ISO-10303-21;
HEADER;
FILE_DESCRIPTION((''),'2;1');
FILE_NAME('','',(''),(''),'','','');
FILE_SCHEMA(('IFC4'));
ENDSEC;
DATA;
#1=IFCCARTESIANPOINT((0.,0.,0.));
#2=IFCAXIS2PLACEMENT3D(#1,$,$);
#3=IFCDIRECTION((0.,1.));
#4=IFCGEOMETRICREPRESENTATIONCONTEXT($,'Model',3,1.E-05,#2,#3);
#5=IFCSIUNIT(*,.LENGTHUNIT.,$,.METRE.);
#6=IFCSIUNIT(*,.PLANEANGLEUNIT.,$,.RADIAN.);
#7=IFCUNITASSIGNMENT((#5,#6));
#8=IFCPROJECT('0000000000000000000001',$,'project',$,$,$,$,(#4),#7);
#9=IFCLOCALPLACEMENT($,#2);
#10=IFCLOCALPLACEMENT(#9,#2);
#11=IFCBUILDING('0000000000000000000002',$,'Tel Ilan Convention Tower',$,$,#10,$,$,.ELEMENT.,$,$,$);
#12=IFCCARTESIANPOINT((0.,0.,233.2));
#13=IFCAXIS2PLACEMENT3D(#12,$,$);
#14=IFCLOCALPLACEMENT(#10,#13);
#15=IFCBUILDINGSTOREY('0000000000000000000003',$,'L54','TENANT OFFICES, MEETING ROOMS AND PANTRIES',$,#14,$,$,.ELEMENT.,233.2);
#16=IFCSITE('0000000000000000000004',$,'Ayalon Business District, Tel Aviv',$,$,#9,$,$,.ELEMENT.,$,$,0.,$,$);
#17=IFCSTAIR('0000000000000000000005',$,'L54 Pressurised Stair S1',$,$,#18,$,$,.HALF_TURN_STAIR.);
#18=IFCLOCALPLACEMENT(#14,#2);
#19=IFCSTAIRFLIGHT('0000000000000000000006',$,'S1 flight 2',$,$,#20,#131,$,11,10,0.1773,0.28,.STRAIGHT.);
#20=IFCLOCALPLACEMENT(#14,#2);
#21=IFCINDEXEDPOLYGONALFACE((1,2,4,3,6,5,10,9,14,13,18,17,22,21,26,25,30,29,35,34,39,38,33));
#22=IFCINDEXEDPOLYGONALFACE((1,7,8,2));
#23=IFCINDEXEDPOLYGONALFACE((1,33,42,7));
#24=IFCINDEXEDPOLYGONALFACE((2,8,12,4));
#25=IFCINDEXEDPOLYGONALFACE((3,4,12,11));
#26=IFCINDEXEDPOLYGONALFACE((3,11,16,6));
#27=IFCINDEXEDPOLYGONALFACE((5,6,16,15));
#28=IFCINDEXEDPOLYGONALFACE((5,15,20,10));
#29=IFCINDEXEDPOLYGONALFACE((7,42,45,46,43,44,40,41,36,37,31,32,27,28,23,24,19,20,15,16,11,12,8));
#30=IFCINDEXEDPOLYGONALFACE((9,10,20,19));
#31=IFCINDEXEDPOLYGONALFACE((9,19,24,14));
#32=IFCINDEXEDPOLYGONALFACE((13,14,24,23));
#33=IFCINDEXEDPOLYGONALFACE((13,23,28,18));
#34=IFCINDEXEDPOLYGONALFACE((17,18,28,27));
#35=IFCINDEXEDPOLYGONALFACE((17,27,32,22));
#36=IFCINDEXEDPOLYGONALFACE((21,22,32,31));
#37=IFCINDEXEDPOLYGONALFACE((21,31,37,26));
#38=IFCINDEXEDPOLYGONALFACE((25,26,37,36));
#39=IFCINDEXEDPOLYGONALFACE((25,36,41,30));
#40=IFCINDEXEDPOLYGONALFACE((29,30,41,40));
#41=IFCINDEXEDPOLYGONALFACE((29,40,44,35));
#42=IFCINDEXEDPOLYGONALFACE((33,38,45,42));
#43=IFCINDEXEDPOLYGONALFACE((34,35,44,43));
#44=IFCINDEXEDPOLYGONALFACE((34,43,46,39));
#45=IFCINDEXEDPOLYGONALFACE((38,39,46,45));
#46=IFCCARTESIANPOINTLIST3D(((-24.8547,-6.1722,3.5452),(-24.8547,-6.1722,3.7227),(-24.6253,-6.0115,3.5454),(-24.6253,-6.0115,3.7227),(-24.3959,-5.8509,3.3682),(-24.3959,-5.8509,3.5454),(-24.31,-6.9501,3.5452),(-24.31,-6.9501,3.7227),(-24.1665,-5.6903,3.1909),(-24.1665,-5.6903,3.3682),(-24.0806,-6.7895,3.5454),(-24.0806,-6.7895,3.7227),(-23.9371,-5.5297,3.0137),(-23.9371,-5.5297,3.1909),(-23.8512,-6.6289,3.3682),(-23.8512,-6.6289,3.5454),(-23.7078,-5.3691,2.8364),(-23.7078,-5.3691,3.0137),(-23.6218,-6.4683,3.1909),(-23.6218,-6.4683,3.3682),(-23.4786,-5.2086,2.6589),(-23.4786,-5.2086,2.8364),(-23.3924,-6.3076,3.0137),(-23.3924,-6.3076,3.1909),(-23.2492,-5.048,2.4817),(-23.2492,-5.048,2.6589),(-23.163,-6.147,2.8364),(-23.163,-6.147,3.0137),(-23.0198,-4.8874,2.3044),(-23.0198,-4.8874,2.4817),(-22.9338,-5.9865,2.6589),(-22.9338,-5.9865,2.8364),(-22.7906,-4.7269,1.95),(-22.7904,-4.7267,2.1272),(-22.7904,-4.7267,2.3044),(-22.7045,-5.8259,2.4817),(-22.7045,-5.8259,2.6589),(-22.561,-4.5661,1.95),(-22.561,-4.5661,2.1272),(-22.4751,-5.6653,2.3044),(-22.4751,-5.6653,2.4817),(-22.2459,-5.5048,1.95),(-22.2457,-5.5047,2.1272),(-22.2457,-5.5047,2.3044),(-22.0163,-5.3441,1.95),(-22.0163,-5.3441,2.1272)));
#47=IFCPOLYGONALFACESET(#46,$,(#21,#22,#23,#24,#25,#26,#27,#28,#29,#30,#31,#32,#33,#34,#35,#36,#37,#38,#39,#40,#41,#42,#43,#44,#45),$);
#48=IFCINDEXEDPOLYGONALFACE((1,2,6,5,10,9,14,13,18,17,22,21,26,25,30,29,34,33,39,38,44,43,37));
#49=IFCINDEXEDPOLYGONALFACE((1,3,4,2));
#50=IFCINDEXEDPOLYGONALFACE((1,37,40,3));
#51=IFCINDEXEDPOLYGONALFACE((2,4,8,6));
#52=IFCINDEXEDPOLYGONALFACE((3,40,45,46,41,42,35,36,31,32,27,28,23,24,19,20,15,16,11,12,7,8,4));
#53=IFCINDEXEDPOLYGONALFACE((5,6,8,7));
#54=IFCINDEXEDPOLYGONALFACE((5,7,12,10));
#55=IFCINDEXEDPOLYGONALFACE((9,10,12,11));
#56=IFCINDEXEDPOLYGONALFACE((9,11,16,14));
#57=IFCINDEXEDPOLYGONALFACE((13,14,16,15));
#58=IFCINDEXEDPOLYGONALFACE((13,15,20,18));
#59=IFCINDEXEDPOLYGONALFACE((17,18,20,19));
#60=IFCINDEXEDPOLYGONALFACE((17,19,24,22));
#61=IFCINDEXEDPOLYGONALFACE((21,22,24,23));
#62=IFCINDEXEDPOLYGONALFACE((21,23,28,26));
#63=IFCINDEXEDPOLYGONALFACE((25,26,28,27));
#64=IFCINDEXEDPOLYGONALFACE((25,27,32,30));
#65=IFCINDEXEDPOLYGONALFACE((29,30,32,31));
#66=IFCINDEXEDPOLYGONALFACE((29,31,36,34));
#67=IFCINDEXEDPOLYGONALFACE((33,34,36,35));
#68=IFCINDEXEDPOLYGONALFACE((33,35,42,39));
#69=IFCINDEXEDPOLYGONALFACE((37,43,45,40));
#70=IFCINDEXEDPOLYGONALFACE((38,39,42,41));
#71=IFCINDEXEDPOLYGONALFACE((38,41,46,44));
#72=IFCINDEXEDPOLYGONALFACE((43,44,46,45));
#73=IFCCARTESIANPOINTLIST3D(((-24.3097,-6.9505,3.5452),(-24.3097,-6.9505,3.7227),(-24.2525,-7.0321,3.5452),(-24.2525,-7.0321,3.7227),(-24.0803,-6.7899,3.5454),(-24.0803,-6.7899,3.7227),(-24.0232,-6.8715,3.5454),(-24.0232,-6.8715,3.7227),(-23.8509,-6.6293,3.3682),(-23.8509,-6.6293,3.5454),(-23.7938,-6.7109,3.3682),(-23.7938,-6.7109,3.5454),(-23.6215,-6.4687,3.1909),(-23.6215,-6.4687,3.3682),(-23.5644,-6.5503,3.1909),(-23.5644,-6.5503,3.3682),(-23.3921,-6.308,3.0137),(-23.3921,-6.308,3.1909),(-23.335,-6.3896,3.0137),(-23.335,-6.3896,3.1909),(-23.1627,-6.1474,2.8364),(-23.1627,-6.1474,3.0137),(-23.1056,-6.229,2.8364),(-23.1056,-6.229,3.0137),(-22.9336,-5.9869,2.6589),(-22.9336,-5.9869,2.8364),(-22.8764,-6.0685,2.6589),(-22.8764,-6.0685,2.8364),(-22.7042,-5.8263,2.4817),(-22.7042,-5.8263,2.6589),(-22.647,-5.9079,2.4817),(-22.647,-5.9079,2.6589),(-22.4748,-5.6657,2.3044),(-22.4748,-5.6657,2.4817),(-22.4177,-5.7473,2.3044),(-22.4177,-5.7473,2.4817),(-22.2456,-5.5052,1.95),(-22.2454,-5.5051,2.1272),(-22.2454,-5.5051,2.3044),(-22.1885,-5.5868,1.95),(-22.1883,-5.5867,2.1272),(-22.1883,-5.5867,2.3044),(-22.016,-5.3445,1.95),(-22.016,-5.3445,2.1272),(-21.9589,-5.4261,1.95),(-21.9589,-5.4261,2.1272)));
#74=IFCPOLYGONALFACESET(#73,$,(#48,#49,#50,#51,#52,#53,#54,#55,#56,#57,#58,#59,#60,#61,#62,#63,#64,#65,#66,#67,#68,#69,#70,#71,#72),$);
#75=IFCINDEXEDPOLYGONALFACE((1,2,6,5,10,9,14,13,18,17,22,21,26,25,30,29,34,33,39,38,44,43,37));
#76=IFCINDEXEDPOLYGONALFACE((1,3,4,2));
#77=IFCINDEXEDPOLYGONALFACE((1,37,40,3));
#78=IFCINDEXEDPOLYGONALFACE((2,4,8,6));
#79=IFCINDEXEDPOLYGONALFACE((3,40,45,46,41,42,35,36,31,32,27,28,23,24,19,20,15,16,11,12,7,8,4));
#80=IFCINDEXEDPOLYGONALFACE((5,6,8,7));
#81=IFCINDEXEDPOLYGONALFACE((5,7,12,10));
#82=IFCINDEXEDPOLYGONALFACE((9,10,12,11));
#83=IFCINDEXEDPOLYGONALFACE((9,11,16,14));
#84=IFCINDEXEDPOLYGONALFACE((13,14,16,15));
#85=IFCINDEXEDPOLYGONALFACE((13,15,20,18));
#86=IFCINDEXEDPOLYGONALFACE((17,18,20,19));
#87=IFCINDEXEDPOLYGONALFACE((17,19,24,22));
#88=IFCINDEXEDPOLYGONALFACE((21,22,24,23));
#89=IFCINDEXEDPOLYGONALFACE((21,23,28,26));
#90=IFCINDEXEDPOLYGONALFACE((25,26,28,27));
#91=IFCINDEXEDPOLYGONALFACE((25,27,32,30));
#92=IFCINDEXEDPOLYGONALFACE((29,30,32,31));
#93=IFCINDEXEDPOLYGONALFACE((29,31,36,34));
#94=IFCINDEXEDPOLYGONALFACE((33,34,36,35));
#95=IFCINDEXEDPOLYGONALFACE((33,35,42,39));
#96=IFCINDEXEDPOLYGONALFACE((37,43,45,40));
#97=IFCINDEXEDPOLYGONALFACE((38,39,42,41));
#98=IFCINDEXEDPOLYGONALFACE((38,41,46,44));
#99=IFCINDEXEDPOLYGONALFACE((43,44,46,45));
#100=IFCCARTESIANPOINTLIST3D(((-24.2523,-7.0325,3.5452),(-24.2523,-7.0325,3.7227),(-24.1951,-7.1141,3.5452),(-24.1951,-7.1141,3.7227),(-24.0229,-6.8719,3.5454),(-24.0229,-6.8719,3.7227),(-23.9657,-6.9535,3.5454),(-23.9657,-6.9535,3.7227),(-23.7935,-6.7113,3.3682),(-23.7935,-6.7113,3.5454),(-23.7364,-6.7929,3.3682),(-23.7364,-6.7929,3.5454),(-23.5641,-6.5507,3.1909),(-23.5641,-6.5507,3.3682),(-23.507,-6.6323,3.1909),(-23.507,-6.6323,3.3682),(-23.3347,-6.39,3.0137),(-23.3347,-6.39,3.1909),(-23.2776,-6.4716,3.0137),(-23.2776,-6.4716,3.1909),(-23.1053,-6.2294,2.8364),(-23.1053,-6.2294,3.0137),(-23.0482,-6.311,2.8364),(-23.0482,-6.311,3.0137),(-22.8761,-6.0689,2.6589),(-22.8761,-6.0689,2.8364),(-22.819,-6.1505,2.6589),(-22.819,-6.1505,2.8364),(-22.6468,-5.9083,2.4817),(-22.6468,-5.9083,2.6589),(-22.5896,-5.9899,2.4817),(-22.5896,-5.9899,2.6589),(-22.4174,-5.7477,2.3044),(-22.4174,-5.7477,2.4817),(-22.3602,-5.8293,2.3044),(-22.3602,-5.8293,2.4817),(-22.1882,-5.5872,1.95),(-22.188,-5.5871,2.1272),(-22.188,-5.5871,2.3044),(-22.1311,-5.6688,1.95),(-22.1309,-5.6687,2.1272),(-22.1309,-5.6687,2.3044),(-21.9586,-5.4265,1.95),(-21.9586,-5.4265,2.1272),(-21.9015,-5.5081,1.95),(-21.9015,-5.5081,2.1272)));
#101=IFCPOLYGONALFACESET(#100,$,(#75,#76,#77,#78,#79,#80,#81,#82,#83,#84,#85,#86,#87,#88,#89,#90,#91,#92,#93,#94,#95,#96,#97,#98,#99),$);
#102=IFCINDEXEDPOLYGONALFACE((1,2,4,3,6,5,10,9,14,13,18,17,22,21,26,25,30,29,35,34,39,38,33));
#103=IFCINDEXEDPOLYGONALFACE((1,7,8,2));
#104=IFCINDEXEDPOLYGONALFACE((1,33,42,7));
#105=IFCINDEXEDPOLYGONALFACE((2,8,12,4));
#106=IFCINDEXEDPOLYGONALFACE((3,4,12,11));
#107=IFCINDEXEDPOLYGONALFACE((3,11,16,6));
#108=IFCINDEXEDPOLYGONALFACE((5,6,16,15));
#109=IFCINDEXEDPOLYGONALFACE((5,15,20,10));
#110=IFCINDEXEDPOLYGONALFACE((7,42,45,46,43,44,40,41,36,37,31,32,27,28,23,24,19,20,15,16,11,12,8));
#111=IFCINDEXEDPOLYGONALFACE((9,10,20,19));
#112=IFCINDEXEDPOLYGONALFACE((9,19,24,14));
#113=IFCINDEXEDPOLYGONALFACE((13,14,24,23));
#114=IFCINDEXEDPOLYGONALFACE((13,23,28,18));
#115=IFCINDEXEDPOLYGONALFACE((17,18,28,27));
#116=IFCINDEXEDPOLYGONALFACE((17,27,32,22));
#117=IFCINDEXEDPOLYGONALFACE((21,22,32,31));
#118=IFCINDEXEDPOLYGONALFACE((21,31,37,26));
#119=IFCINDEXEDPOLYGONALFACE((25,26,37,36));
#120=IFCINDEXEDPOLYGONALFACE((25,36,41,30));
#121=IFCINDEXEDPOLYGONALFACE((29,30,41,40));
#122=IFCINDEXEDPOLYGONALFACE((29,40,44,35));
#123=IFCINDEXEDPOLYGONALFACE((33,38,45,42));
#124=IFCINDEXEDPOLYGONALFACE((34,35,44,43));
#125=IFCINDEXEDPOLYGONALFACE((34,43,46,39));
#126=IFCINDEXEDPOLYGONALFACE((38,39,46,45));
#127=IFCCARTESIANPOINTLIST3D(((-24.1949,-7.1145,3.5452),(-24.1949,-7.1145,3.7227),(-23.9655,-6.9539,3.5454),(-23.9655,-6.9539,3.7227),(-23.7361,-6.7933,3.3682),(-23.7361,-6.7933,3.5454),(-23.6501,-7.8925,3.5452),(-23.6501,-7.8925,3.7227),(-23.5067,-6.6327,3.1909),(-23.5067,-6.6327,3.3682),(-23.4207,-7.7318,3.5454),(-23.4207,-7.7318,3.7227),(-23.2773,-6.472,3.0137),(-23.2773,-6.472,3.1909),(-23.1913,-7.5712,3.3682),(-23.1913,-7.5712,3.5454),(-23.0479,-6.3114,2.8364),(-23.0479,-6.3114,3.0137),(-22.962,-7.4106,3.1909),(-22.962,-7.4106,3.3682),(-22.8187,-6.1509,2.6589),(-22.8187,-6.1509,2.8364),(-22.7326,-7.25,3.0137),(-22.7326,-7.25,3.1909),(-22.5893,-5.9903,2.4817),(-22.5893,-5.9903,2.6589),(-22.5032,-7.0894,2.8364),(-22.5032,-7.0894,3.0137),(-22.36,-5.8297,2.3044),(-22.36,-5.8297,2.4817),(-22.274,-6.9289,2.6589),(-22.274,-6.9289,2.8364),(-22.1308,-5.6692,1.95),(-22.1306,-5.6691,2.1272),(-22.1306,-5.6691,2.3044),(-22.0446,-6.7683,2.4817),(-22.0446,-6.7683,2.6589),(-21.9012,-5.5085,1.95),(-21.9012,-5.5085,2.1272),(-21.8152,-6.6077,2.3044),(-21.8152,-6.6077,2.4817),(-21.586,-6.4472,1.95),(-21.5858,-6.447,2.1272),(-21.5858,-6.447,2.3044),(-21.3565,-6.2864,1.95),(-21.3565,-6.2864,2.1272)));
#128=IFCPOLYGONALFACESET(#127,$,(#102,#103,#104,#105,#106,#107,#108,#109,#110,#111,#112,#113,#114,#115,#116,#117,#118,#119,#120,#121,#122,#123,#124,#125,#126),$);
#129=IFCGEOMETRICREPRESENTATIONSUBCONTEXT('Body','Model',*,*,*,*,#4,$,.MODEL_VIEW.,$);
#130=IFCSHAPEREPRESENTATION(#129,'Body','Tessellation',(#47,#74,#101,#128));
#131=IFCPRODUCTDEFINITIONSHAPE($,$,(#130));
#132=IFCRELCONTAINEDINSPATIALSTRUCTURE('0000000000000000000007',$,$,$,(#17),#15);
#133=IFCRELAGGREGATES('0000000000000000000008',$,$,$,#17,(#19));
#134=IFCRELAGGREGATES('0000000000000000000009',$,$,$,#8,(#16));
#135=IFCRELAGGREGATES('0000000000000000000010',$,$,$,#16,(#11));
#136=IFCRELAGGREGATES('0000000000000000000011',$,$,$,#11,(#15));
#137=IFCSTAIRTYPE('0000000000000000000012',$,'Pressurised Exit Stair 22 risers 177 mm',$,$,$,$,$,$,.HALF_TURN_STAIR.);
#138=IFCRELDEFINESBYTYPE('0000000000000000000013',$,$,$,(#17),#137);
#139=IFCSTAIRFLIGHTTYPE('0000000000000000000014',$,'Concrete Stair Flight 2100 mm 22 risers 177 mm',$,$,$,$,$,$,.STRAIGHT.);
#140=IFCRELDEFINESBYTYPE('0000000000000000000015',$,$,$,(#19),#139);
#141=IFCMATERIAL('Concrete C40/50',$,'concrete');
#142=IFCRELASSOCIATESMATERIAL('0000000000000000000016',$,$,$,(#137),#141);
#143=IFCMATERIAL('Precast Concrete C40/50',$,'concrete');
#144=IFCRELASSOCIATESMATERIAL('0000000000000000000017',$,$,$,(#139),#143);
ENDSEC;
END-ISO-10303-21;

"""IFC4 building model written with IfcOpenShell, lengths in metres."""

from ifc_helpers import new_model, si_unit, direction, frame, origin, place, context, subcontext, project, spatial, polyline, outline, extrude, material, type_object, element, aggregate, save


model = new_model("IFC4")

# Units and contexts
model_context = context("Model", 3, precision=1e-05, world=origin(), true_north=direction((0.0, 1.0)))
body_context = subcontext(model_context, "Body", "Model", "MODEL_VIEW")
ifc_project = project(units=[si_unit("LENGTHUNIT", "METRE"), si_unit("PLANEANGLEUNIT", "RADIAN")], contexts=[model_context])

# Site, building, storey
site_placement = place(None, origin())
site = spatial("IfcSite", under=ifc_project, at=site_placement, Name="Ayalon Business District, Tel Aviv", CompositionType="ELEMENT", RefElevation=0.0)
building_placement = place(site_placement, origin())
building = spatial("IfcBuilding", under=site, at=building_placement, Name="Tel Ilan Convention Tower", CompositionType="ELEMENT")
storey_placement = place(building_placement, frame((0.0, 0.0, 233.2)))
storey = spatial("IfcBuildingStorey", under=building, at=storey_placement, Name="L54", Description="TENANT OFFICES, MEETING ROOMS AND PANTRIES", CompositionType="ELEMENT", Elevation=233.2)

# Stair, stair flight
ifc_material_1 = material(Name="Concrete C40/50", Category="concrete")
stair_type = type_object("IfcStairType", Name="Pressurised Exit Stair 22 risers 177 mm", PredefinedType="HALF_TURN_STAIR", material=ifc_material_1)
stair_1_placement = place(storey_placement, origin())
stair_1 = element("IfcStair", 1, at=stair_1_placement, inside=storey, type_object=stair_type, Name="L54 Pressurised Stair S1", PredefinedType="HALF_TURN_STAIR")
ifc_material_2 = material(Name="Precast Concrete C40/50", Category="concrete")
stair_flight_type = type_object("IfcStairFlightType", Name="Concrete Stair Flight 2100 mm 22 risers 177 mm", PredefinedType="STRAIGHT", material=ifc_material_2)
stair_flight_1_placement = place(storey_placement, frame((-21.9587, -5.4263, 1.95), z_axis=(0.0, 0.0, 1.0), x_axis=(-0.819152, -0.573576, 0.0)))
stair_flight_1 = element("IfcStairFlight", 2, at=stair_flight_1_placement, type_object=stair_flight_type, Name="S1 flight 2", NumberOfRisers=11, NumberOfTreads=10, PredefinedType="STRAIGHT", RiserHeight=0.1773, TreadLength=0.28, context=body_context, shape_type="SweptSolid", body=[
    extrude(outline(polyline([(0.0, 0.0), (0.0, 0.1772), (0.28, 0.1772), (0.28, 0.3545), (0.5601, 0.3545), (0.5601, 0.5317), (0.8401, 0.5317), (0.8401, 0.709), (1.1201, 0.709), (1.1201, 0.8865), (1.3999, 0.8865), (1.3999, 1.0637), (1.6799, 1.0637), (1.6799, 1.241), (1.96, 1.241), (1.96, 1.4182), (2.24, 1.4182), (2.24, 1.5955), (2.52, 1.5955), (2.52, 1.7727), (2.8, 1.7727), (2.8, 1.95), (2.8, 1.5952), (0.2803, 0.0), (0.0, 0.0)])), frame((0.0, -0.1003, 0.0), z_axis=(0.0, -1.0, 0.0), x_axis=(1.0, 0.0, 0.0)), (0.0, 0.0, 1.0), 0.9497),
    extrude(outline(polyline([(0.0, 0.0), (0.0, 0.1772), (0.28, 0.1772), (0.28, 0.3545), (0.5601, 0.3545), (0.5601, 0.5317), (0.8401, 0.5317), (0.8401, 0.709), (1.1201, 0.709), (1.1201, 0.8865), (1.3999, 0.8865), (1.3999, 1.0637), (1.6799, 1.0637), (1.6799, 1.241), (1.96, 1.241), (1.96, 1.4182), (2.24, 1.4182), (2.24, 1.5955), (2.52, 1.5955), (2.52, 1.7727), (2.8, 1.7727), (2.8, 1.95), (2.8, 1.5952), (0.2803, 0.0), (0.0, 0.0)])), frame((0.0, -0.0002, 0.0), z_axis=(0.0, -1.0, 0.0), x_axis=(1.0, 0.0, 0.0)), (0.0, 0.0, 1.0), 0.0996),
    extrude(outline(polyline([(0.0, 0.0), (0.0, 0.1772), (0.28, 0.1772), (0.28, 0.3545), (0.5601, 0.3545), (0.5601, 0.5317), (0.8401, 0.5317), (0.8401, 0.709), (1.1201, 0.709), (1.1201, 0.8865), (1.3999, 0.8865), (1.3999, 1.0637), (1.6799, 1.0637), (1.6799, 1.241), (1.96, 1.241), (1.96, 1.4182), (2.24, 1.4182), (2.24, 1.5955), (2.52, 1.5955), (2.52, 1.7727), (2.8, 1.7727), (2.8, 1.95), (2.8, 1.5952), (0.2803, 0.0), (0.0, 0.0)])), frame((0.0, 0.0999, 0.0), z_axis=(0.0, -1.0, 0.0), x_axis=(1.0, 0.0, 0.0)), (0.0, 0.0, 1.0), 0.0996),
    extrude(outline(polyline([(0.0, 0.0), (0.0, 0.1772), (0.28, 0.1772), (0.28, 0.3545), (0.5601, 0.3545), (0.5601, 0.5317), (0.8401, 0.5317), (0.8401, 0.709), (1.1201, 0.709), (1.1201, 0.8865), (1.3999, 0.8865), (1.3999, 1.0637), (1.6799, 1.0637), (1.6799, 1.241), (1.96, 1.241), (1.96, 1.4182), (2.24, 1.4182), (2.24, 1.5955), (2.52, 1.5955), (2.52, 1.7727), (2.8, 1.7727), (2.8, 1.95), (2.8, 1.5952), (0.2803, 0.0), (0.0, 0.0)])), frame((0.0, 1.05, 0.0), z_axis=(0.0, -1.0, 0.0), x_axis=(1.0, 0.0, 0.0)), (0.0, 0.0, 1.0), 0.9497),
])
aggregate(stair_1, [stair_flight_1])

save(model, "model.ifc")
